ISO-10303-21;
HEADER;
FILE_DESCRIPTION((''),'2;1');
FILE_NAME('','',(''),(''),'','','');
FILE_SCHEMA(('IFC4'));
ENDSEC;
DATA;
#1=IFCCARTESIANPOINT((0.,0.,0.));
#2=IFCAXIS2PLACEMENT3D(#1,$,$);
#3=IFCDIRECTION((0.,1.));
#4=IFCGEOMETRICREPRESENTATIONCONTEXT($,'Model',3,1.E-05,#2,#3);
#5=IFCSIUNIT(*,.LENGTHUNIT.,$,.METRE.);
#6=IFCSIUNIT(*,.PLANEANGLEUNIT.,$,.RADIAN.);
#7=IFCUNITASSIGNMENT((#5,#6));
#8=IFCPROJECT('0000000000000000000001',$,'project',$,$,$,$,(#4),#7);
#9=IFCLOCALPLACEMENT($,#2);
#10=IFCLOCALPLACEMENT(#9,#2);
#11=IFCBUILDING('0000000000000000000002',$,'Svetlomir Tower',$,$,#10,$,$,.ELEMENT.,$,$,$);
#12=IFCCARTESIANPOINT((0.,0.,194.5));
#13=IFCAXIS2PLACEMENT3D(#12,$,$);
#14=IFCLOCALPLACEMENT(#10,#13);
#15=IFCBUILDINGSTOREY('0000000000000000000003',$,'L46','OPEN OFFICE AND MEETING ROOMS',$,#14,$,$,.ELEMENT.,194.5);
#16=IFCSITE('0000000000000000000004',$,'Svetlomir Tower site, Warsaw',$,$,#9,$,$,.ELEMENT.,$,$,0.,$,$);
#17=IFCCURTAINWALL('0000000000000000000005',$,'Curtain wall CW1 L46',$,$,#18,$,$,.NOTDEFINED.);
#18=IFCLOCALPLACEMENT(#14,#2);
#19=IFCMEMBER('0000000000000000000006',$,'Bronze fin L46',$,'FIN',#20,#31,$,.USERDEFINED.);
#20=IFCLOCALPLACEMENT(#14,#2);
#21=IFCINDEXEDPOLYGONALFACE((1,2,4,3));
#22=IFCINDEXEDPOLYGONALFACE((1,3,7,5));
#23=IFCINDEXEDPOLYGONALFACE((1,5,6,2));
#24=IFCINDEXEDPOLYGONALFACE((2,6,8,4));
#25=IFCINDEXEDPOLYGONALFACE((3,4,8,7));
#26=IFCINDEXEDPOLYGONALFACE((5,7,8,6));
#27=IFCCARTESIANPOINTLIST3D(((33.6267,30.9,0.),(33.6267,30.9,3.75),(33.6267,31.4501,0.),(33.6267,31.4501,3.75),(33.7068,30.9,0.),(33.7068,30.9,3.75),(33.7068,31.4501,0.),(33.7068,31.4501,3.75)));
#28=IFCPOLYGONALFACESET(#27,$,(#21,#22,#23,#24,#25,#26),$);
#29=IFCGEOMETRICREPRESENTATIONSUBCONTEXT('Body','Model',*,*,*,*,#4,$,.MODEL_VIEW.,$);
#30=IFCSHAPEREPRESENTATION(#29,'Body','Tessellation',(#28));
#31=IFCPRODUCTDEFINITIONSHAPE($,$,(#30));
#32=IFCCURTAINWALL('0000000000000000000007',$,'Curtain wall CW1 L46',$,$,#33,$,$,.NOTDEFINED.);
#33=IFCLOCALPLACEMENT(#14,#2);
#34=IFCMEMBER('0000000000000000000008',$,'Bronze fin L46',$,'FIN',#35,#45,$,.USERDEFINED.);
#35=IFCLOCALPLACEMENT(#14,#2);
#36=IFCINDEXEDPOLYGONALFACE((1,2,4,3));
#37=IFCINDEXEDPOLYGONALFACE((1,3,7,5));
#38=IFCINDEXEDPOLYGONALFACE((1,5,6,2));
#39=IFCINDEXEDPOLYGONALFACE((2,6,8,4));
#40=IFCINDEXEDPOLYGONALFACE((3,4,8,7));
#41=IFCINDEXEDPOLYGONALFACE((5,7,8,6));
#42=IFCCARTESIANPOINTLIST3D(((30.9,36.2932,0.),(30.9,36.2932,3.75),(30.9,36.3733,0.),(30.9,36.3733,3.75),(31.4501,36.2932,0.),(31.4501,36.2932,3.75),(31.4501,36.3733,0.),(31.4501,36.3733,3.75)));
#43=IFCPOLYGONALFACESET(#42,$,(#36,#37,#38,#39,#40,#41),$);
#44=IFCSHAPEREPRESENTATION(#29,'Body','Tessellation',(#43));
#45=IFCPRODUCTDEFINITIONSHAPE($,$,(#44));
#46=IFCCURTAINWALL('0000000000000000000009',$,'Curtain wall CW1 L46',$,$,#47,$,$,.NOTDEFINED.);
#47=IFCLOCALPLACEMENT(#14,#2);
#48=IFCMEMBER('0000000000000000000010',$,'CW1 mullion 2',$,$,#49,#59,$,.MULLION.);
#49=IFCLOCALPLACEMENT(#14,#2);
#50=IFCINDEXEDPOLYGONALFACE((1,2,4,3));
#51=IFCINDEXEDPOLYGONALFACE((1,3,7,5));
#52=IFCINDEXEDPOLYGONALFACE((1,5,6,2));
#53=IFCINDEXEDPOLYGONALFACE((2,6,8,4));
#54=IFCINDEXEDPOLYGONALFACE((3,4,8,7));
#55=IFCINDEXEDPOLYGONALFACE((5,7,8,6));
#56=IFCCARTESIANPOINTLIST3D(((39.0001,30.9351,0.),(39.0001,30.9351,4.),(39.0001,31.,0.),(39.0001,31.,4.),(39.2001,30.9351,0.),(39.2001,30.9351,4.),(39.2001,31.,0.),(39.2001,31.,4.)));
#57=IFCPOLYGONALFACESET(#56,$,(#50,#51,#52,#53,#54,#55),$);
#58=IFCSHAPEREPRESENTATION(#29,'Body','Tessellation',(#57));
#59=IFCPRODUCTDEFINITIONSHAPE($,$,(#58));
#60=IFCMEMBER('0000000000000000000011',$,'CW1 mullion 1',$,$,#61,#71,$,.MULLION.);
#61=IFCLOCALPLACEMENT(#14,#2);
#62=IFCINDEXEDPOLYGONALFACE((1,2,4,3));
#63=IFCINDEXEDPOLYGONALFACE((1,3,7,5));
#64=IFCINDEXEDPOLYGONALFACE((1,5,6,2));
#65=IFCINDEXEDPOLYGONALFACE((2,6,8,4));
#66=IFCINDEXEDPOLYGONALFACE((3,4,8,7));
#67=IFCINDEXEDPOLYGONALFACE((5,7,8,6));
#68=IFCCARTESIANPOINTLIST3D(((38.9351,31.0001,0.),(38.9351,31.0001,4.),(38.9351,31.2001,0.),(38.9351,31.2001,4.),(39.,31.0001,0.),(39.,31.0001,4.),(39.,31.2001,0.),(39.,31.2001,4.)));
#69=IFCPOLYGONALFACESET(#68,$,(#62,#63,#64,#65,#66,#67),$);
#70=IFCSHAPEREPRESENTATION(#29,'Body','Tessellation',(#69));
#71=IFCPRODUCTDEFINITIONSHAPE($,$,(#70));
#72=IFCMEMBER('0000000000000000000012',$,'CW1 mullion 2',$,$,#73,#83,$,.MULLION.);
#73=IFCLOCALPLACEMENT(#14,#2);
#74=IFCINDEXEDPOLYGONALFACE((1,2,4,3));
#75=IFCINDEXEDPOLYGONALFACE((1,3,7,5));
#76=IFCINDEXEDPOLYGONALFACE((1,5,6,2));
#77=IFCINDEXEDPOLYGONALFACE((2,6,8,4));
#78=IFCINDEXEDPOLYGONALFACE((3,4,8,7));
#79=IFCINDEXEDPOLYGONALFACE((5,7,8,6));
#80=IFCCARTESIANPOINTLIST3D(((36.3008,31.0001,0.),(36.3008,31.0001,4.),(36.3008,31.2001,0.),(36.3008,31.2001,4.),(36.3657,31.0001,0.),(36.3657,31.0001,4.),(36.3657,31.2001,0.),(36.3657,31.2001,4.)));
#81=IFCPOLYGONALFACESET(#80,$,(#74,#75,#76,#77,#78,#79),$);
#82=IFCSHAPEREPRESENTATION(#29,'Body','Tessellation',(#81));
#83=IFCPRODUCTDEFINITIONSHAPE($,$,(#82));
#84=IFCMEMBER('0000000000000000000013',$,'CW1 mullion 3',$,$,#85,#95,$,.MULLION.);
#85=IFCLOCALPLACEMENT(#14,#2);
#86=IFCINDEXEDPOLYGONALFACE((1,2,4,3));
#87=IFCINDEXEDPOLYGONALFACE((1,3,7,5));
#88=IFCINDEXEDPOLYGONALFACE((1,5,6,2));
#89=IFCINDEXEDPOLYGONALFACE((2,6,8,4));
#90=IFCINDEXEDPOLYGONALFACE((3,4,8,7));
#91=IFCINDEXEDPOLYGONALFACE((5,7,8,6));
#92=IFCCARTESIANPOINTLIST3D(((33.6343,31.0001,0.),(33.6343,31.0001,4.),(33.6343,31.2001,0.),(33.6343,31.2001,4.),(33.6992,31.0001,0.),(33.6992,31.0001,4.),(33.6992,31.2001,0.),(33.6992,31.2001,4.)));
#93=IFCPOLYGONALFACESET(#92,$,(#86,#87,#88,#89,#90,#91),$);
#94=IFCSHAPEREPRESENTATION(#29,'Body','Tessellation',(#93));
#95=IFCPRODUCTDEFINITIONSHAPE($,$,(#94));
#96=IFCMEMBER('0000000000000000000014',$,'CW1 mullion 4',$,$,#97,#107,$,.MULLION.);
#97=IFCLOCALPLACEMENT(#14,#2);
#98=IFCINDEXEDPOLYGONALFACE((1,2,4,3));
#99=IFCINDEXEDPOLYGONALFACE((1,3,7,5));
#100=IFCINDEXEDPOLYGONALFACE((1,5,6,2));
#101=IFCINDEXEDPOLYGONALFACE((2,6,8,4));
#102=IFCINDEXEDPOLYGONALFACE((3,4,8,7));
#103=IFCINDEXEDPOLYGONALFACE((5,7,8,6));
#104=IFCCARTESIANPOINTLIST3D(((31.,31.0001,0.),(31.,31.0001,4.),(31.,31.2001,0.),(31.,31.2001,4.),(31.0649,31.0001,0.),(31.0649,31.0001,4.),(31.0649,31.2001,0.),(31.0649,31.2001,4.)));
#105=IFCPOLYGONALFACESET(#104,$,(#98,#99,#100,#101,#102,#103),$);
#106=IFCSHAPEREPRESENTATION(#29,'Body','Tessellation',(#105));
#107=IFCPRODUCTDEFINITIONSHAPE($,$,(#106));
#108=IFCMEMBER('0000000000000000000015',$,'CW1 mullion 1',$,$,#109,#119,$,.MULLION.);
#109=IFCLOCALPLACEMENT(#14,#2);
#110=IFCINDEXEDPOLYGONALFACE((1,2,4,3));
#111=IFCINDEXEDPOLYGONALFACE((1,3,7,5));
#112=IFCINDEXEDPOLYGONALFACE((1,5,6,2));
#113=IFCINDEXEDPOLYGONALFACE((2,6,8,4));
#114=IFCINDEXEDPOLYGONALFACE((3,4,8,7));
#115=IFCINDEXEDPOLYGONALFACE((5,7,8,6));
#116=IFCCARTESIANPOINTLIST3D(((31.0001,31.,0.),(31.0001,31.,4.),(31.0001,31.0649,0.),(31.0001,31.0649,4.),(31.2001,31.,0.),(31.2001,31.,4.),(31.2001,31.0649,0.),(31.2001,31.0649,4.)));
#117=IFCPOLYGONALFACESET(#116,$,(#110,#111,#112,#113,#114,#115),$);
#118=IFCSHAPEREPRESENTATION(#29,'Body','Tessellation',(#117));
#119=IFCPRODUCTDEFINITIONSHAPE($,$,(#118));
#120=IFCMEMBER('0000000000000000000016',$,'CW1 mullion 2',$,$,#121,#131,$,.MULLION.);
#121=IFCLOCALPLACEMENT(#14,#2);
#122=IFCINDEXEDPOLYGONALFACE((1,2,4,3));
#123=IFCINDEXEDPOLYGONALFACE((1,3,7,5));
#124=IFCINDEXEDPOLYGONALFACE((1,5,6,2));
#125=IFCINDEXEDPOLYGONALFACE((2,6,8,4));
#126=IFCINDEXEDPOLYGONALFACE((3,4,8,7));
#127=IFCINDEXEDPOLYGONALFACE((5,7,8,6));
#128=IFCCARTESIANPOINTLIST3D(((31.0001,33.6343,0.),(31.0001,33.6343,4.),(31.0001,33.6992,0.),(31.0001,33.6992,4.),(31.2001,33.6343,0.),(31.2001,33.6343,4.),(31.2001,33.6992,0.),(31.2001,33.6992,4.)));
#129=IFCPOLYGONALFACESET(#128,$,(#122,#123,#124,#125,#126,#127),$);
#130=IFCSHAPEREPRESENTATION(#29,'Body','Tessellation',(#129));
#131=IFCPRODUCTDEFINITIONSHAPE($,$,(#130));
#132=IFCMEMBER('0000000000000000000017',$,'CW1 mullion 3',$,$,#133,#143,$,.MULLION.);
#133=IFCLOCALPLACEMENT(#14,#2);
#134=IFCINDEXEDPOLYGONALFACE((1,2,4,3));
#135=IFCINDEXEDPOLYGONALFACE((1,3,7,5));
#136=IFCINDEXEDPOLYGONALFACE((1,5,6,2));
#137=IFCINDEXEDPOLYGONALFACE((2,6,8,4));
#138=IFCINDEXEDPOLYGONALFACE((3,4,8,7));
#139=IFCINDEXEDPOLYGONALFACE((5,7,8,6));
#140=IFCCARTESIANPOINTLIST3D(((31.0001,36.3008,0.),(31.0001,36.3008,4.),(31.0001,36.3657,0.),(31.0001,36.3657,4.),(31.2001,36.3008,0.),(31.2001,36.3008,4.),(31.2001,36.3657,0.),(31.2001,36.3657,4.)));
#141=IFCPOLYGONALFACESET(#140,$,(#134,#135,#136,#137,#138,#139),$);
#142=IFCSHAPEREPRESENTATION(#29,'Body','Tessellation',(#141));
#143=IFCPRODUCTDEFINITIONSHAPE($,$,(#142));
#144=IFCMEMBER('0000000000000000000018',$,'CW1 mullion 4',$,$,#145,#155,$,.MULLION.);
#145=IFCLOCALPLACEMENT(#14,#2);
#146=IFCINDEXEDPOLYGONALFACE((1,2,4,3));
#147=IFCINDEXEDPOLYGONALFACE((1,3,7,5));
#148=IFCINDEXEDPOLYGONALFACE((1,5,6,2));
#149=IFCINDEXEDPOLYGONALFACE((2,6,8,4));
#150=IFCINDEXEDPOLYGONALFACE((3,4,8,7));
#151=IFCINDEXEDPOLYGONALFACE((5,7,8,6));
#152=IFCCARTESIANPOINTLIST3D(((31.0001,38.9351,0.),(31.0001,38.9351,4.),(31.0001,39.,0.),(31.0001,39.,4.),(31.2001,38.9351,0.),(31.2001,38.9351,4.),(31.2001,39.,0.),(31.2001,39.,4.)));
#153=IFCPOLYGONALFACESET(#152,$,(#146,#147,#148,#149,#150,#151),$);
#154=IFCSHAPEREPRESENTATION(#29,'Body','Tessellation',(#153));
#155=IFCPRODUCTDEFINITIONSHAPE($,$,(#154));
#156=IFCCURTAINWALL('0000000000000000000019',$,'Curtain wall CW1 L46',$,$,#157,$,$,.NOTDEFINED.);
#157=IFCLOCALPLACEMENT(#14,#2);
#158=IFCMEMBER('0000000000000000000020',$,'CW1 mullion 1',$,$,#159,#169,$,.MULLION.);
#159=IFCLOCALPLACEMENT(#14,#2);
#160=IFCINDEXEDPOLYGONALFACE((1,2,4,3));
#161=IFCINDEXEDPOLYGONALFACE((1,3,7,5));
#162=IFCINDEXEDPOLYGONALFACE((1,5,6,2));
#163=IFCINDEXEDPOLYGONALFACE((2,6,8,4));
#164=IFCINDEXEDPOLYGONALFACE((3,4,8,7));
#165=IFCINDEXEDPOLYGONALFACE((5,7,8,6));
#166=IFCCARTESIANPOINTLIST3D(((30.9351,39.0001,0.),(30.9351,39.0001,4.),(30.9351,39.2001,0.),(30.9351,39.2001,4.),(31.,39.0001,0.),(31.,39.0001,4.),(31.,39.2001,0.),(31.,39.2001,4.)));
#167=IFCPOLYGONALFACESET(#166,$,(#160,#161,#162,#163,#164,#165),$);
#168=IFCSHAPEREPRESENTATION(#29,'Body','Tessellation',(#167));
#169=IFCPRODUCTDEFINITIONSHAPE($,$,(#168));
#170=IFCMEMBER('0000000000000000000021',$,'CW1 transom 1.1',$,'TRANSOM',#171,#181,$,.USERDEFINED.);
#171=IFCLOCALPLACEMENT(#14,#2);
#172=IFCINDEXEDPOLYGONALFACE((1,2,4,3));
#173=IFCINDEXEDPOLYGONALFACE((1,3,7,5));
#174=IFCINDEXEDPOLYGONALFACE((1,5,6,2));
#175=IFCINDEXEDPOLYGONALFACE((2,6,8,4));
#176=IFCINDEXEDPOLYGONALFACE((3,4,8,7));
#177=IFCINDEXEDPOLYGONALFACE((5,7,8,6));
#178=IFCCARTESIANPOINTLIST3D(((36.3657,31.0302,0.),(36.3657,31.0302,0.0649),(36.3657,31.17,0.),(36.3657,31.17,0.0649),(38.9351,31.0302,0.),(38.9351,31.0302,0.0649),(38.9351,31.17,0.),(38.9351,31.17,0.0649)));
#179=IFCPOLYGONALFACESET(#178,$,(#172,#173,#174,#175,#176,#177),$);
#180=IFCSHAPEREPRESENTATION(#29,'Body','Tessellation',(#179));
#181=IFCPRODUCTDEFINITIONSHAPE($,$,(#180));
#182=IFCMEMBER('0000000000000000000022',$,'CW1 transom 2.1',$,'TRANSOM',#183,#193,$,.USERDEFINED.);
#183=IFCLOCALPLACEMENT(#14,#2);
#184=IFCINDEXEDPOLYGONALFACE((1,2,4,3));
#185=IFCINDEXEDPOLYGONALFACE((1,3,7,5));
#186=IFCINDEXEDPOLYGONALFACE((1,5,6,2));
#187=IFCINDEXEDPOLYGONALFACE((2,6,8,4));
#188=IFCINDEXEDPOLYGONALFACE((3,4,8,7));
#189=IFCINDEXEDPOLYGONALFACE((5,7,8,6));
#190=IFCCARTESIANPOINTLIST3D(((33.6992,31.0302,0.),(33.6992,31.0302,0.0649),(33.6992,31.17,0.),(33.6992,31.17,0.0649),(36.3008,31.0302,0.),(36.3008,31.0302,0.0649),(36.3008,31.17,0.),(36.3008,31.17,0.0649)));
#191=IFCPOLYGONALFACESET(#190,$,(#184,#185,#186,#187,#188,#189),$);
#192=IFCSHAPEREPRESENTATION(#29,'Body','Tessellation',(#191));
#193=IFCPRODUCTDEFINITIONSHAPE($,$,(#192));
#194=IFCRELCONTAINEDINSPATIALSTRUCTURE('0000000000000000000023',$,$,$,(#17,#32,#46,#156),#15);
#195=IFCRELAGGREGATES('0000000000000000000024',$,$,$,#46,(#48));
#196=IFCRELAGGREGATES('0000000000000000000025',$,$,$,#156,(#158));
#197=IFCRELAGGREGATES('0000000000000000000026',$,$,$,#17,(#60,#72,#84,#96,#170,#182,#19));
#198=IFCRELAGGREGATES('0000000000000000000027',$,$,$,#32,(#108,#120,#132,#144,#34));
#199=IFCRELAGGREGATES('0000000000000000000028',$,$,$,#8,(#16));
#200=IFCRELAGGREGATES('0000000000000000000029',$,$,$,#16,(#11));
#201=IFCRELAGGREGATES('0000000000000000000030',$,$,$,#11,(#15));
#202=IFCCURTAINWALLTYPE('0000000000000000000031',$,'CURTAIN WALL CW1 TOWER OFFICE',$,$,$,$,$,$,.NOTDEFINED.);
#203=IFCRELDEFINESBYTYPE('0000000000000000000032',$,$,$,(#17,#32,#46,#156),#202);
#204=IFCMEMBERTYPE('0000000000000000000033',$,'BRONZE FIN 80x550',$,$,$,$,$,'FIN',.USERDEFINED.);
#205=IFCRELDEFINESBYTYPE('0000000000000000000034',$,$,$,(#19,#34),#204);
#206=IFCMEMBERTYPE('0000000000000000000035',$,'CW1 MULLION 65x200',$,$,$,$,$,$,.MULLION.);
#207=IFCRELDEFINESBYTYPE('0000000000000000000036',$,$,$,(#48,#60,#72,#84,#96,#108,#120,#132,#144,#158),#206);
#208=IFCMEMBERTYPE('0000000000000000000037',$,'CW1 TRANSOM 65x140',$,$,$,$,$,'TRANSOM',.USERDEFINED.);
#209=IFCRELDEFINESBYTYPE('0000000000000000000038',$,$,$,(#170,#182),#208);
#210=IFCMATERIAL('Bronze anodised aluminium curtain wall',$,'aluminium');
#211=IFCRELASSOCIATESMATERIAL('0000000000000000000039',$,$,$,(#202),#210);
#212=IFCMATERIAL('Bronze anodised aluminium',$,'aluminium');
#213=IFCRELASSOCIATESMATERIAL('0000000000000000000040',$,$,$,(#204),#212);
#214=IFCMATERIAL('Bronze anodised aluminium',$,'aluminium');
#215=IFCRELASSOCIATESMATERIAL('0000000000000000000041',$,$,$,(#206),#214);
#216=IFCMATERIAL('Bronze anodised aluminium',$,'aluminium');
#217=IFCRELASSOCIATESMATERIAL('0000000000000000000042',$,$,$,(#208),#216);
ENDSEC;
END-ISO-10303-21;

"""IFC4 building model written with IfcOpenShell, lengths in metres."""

from ifc_helpers import new_model, si_unit, direction, frame, origin, origin_2d, place, context, subcontext, project, spatial, rectangle, extrude, material, material_profile, profile_set, type_object, element, aggregate, save


model = new_model("IFC4")

# Units and contexts
model_context = context("Model", 3, precision=1e-05, world=origin(), true_north=direction((0.0, 1.0)))
body_context = subcontext(model_context, "Body", "Model", "MODEL_VIEW")
ifc_project = project(units=[si_unit("LENGTHUNIT", "METRE"), si_unit("PLANEANGLEUNIT", "RADIAN")], contexts=[model_context])

# Site, building, storey
site_placement = place(None, origin())
site = spatial("IfcSite", under=ifc_project, at=site_placement, Name="Svetlomir Tower site, Warsaw", CompositionType="ELEMENT", RefElevation=0.0)
building_placement = place(site_placement, origin())
building = spatial("IfcBuilding", under=site, at=building_placement, Name="Svetlomir Tower", CompositionType="ELEMENT")
storey_placement = place(building_placement, frame((0.0, 0.0, 194.5)))
storey = spatial("IfcBuildingStorey", under=building, at=storey_placement, Name="L46", Description="OPEN OFFICE AND MEETING ROOMS", CompositionType="ELEMENT", Elevation=194.5)

# Curtain walls, members
ifc_material_1 = material(Name="Bronze anodised aluminium curtain wall", Category="aluminium")
curtain_wall_type = type_object("IfcCurtainWallType", Name="CURTAIN WALL CW1 TOWER OFFICE", PredefinedType="NOTDEFINED", material=ifc_material_1)
curtain_wall_1_placement = place(storey_placement, origin())
curtain_wall_1 = element("IfcCurtainWall", 1, at=curtain_wall_1_placement, inside=storey, type_object=curtain_wall_type, Name="Curtain wall CW1 L46", PredefinedType="NOTDEFINED")
ifc_material_2 = material(Name="Bronze anodised aluminium", Category="aluminium")
ifc_material_profile_1 = material_profile(ifc_material_2, rectangle(XDim=0.0801, YDim=0.55, at=origin_2d()), Name="FIN 80x550")
ifc_profile_set_1 = profile_set([ifc_material_profile_1], Name="Bronze anodised aluminium 6063-T6")
member_type_1 = type_object("IfcMemberType", Name="BRONZE FIN 80x550", ElementType="FIN", PredefinedType="USERDEFINED", material=ifc_profile_set_1)
member_1_placement = place(storey_placement, frame((33.6667, 31.175, 0.0), z_axis=(0.0, 0.0, 1.0), x_axis=(1.0, 0.0, 0.0)))
member_1 = element("IfcMember", 2, at=member_1_placement, type_object=member_type_1, Name="Bronze fin L46", ObjectType="FIN", PredefinedType="USERDEFINED", context=body_context, shape_type="SweptSolid", body=[
    extrude(rectangle(XDim=0.0801, YDim=0.55, at=origin_2d()), origin(), (0.0, 0.0, 1.0), 3.75),
])
curtain_wall_2_placement = place(storey_placement, origin())
curtain_wall_2 = element("IfcCurtainWall", 3, at=curtain_wall_2_placement, inside=storey, type_object=curtain_wall_type, Name="Curtain wall CW1 L46", PredefinedType="NOTDEFINED")
member_2_placement = place(storey_placement, frame((31.175, 36.3333, 0.0), z_axis=(0.0, 0.0, 1.0), x_axis=(0.0, 1.0, 0.0)))
member_2 = element("IfcMember", 4, at=member_2_placement, type_object=member_type_1, Name="Bronze fin L46", ObjectType="FIN", PredefinedType="USERDEFINED", context=body_context, shape_type="SweptSolid", body=[
    extrude(rectangle(XDim=0.0801, YDim=0.55, at=origin_2d()), origin(), (0.0, 0.0, 1.0), 3.75),
])
curtain_wall_3_placement = place(storey_placement, origin())
curtain_wall_3 = element("IfcCurtainWall", 5, at=curtain_wall_3_placement, inside=storey, type_object=curtain_wall_type, Name="Curtain wall CW1 L46", PredefinedType="NOTDEFINED")
ifc_material_3 = material(Name="Bronze anodised aluminium", Category="aluminium")
ifc_material_profile_2 = material_profile(ifc_material_3, rectangle(XDim=0.0649, YDim=0.2, at=origin_2d()), Name="AL 65x200")
ifc_profile_set_2 = profile_set([ifc_material_profile_2], Name="Bronze anodised aluminium 6063-T6")
member_type_2 = type_object("IfcMemberType", Name="CW1 MULLION 65x200", PredefinedType="MULLION", material=ifc_profile_set_2)
member_3_placement = place(storey_placement, frame((39.1001, 30.9675, 0.0), z_axis=(0.0, 0.0, 1.0), x_axis=(0.0, 1.0, 0.0)))
member_3 = element("IfcMember", 6, at=member_3_placement, type_object=member_type_2, Name="CW1 mullion 2", PredefinedType="MULLION", context=body_context, shape_type="SweptSolid", body=[
    extrude(rectangle(XDim=0.0649, YDim=0.2, at=origin_2d()), origin(), (0.0, 0.0, 1.0), 4.0),
])
aggregate(curtain_wall_3, [member_3])

# Members
member_4_placement = place(storey_placement, frame((38.9675, 31.1001, 0.0), z_axis=(0.0, 0.0, 1.0), x_axis=(-1.0, 0.0, 0.0)))
member_4 = element("IfcMember", 7, at=member_4_placement, type_object=member_type_2, Name="CW1 mullion 1", PredefinedType="MULLION", context=body_context, shape_type="SweptSolid", body=[
    extrude(rectangle(XDim=0.0649, YDim=0.2, at=origin_2d()), origin(), (0.0, 0.0, 1.0), 4.0),
])
member_5_placement = place(storey_placement, frame((36.3333, 31.1001, 0.0), z_axis=(0.0, 0.0, 1.0), x_axis=(-1.0, 0.0, 0.0)))
member_5 = element("IfcMember", 8, at=member_5_placement, type_object=member_type_2, Name="CW1 mullion 2", PredefinedType="MULLION", context=body_context, shape_type="SweptSolid", body=[
    extrude(rectangle(XDim=0.0649, YDim=0.2, at=origin_2d()), origin(), (0.0, 0.0, 1.0), 4.0),
])
member_6_placement = place(storey_placement, frame((33.6667, 31.1001, 0.0), z_axis=(0.0, 0.0, 1.0), x_axis=(-1.0, 0.0, 0.0)))
member_6 = element("IfcMember", 9, at=member_6_placement, type_object=member_type_2, Name="CW1 mullion 3", PredefinedType="MULLION", context=body_context, shape_type="SweptSolid", body=[
    extrude(rectangle(XDim=0.0649, YDim=0.2, at=origin_2d()), origin(), (0.0, 0.0, 1.0), 4.0),
])
member_7_placement = place(storey_placement, frame((31.0325, 31.1001, 0.0), z_axis=(0.0, 0.0, 1.0), x_axis=(-1.0, 0.0, 0.0)))
member_7 = element("IfcMember", 10, at=member_7_placement, type_object=member_type_2, Name="CW1 mullion 4", PredefinedType="MULLION", context=body_context, shape_type="SweptSolid", body=[
    extrude(rectangle(XDim=0.0649, YDim=0.2, at=origin_2d()), origin(), (0.0, 0.0, 1.0), 4.0),
])
member_8_placement = place(storey_placement, frame((31.1001, 31.0325, 0.0), z_axis=(0.0, 0.0, 1.0), x_axis=(0.0, 1.0, 0.0)))
member_8 = element("IfcMember", 11, at=member_8_placement, type_object=member_type_2, Name="CW1 mullion 1", PredefinedType="MULLION", context=body_context, shape_type="SweptSolid", body=[
    extrude(rectangle(XDim=0.0649, YDim=0.2, at=origin_2d()), origin(), (0.0, 0.0, 1.0), 4.0),
])
member_9_placement = place(storey_placement, frame((31.1001, 33.6667, 0.0), z_axis=(0.0, 0.0, 1.0), x_axis=(0.0, 1.0, 0.0)))
member_9 = element("IfcMember", 12, at=member_9_placement, type_object=member_type_2, Name="CW1 mullion 2", PredefinedType="MULLION", context=body_context, shape_type="SweptSolid", body=[
    extrude(rectangle(XDim=0.0649, YDim=0.2, at=origin_2d()), origin(), (0.0, 0.0, 1.0), 4.0),
])
member_10_placement = place(storey_placement, frame((31.1001, 36.3333, 0.0), z_axis=(0.0, 0.0, 1.0), x_axis=(0.0, 1.0, 0.0)))
member_10 = element("IfcMember", 13, at=member_10_placement, type_object=member_type_2, Name="CW1 mullion 3", PredefinedType="MULLION", context=body_context, shape_type="SweptSolid", body=[
    extrude(rectangle(XDim=0.0649, YDim=0.2, at=origin_2d()), origin(), (0.0, 0.0, 1.0), 4.0),
])
member_11_placement = place(storey_placement, frame((31.1001, 38.9675, 0.0), z_axis=(0.0, 0.0, 1.0), x_axis=(0.0, 1.0, 0.0)))
member_11 = element("IfcMember", 14, at=member_11_placement, type_object=member_type_2, Name="CW1 mullion 4", PredefinedType="MULLION", context=body_context, shape_type="SweptSolid", body=[
    extrude(rectangle(XDim=0.0649, YDim=0.2, at=origin_2d()), origin(), (0.0, 0.0, 1.0), 4.0),
])

# Curtain wall, member
curtain_wall_4_placement = place(storey_placement, origin())
curtain_wall_4 = element("IfcCurtainWall", 15, at=curtain_wall_4_placement, inside=storey, type_object=curtain_wall_type, Name="Curtain wall CW1 L46", PredefinedType="NOTDEFINED")
member_12_placement = place(storey_placement, frame((30.9675, 39.1001, 0.0), z_axis=(0.0, 0.0, 1.0), x_axis=(-1.0, 0.0, 0.0)))
member_12 = element("IfcMember", 16, at=member_12_placement, type_object=member_type_2, Name="CW1 mullion 1", PredefinedType="MULLION", context=body_context, shape_type="SweptSolid", body=[
    extrude(rectangle(XDim=0.0649, YDim=0.2, at=origin_2d()), origin(), (0.0, 0.0, 1.0), 4.0),
])

# Members
ifc_material_4 = material(Name="Bronze anodised aluminium", Category="aluminium")
ifc_material_profile_3 = material_profile(ifc_material_4, rectangle(XDim=0.1399, YDim=0.0649, at=origin_2d()), Name="AL 140x65")
ifc_profile_set_3 = profile_set([ifc_material_profile_3], Name="Bronze anodised aluminium 6063-T6")
member_type_3 = type_object("IfcMemberType", Name="CW1 TRANSOM 65x140", ElementType="TRANSOM", PredefinedType="USERDEFINED", material=ifc_profile_set_3)
member_13_placement = place(storey_placement, frame((38.9351, 31.1001, 0.0325), z_axis=(-1.0, 0.0, 0.0), x_axis=(0.0, -1.0, 0.0)))
member_13 = element("IfcMember", 17, at=member_13_placement, type_object=member_type_3, Name="CW1 transom 1.1", ObjectType="TRANSOM", PredefinedType="USERDEFINED", context=body_context, shape_type="SweptSolid", body=[
    extrude(rectangle(XDim=0.1399, YDim=0.0649, at=origin_2d()), origin(), (0.0, 0.0, 1.0), 2.5693),
])
member_14_placement = place(storey_placement, frame((36.3008, 31.1001, 0.0325), z_axis=(-1.0, 0.0, 0.0), x_axis=(0.0, -1.0, 0.0)))
member_14 = element("IfcMember", 18, at=member_14_placement, type_object=member_type_3, Name="CW1 transom 2.1", ObjectType="TRANSOM", PredefinedType="USERDEFINED", context=body_context, shape_type="SweptSolid", body=[
    extrude(rectangle(XDim=0.1399, YDim=0.0649, at=origin_2d()), origin(), (0.0, 0.0, 1.0), 2.6016),
])
aggregate(curtain_wall_4, [member_12])

aggregate(curtain_wall_1, [member_4, member_5, member_6, member_7, member_13, member_14, member_1])
aggregate(curtain_wall_2, [member_8, member_9, member_10, member_11, member_2])

save(model, "model.ifc")
